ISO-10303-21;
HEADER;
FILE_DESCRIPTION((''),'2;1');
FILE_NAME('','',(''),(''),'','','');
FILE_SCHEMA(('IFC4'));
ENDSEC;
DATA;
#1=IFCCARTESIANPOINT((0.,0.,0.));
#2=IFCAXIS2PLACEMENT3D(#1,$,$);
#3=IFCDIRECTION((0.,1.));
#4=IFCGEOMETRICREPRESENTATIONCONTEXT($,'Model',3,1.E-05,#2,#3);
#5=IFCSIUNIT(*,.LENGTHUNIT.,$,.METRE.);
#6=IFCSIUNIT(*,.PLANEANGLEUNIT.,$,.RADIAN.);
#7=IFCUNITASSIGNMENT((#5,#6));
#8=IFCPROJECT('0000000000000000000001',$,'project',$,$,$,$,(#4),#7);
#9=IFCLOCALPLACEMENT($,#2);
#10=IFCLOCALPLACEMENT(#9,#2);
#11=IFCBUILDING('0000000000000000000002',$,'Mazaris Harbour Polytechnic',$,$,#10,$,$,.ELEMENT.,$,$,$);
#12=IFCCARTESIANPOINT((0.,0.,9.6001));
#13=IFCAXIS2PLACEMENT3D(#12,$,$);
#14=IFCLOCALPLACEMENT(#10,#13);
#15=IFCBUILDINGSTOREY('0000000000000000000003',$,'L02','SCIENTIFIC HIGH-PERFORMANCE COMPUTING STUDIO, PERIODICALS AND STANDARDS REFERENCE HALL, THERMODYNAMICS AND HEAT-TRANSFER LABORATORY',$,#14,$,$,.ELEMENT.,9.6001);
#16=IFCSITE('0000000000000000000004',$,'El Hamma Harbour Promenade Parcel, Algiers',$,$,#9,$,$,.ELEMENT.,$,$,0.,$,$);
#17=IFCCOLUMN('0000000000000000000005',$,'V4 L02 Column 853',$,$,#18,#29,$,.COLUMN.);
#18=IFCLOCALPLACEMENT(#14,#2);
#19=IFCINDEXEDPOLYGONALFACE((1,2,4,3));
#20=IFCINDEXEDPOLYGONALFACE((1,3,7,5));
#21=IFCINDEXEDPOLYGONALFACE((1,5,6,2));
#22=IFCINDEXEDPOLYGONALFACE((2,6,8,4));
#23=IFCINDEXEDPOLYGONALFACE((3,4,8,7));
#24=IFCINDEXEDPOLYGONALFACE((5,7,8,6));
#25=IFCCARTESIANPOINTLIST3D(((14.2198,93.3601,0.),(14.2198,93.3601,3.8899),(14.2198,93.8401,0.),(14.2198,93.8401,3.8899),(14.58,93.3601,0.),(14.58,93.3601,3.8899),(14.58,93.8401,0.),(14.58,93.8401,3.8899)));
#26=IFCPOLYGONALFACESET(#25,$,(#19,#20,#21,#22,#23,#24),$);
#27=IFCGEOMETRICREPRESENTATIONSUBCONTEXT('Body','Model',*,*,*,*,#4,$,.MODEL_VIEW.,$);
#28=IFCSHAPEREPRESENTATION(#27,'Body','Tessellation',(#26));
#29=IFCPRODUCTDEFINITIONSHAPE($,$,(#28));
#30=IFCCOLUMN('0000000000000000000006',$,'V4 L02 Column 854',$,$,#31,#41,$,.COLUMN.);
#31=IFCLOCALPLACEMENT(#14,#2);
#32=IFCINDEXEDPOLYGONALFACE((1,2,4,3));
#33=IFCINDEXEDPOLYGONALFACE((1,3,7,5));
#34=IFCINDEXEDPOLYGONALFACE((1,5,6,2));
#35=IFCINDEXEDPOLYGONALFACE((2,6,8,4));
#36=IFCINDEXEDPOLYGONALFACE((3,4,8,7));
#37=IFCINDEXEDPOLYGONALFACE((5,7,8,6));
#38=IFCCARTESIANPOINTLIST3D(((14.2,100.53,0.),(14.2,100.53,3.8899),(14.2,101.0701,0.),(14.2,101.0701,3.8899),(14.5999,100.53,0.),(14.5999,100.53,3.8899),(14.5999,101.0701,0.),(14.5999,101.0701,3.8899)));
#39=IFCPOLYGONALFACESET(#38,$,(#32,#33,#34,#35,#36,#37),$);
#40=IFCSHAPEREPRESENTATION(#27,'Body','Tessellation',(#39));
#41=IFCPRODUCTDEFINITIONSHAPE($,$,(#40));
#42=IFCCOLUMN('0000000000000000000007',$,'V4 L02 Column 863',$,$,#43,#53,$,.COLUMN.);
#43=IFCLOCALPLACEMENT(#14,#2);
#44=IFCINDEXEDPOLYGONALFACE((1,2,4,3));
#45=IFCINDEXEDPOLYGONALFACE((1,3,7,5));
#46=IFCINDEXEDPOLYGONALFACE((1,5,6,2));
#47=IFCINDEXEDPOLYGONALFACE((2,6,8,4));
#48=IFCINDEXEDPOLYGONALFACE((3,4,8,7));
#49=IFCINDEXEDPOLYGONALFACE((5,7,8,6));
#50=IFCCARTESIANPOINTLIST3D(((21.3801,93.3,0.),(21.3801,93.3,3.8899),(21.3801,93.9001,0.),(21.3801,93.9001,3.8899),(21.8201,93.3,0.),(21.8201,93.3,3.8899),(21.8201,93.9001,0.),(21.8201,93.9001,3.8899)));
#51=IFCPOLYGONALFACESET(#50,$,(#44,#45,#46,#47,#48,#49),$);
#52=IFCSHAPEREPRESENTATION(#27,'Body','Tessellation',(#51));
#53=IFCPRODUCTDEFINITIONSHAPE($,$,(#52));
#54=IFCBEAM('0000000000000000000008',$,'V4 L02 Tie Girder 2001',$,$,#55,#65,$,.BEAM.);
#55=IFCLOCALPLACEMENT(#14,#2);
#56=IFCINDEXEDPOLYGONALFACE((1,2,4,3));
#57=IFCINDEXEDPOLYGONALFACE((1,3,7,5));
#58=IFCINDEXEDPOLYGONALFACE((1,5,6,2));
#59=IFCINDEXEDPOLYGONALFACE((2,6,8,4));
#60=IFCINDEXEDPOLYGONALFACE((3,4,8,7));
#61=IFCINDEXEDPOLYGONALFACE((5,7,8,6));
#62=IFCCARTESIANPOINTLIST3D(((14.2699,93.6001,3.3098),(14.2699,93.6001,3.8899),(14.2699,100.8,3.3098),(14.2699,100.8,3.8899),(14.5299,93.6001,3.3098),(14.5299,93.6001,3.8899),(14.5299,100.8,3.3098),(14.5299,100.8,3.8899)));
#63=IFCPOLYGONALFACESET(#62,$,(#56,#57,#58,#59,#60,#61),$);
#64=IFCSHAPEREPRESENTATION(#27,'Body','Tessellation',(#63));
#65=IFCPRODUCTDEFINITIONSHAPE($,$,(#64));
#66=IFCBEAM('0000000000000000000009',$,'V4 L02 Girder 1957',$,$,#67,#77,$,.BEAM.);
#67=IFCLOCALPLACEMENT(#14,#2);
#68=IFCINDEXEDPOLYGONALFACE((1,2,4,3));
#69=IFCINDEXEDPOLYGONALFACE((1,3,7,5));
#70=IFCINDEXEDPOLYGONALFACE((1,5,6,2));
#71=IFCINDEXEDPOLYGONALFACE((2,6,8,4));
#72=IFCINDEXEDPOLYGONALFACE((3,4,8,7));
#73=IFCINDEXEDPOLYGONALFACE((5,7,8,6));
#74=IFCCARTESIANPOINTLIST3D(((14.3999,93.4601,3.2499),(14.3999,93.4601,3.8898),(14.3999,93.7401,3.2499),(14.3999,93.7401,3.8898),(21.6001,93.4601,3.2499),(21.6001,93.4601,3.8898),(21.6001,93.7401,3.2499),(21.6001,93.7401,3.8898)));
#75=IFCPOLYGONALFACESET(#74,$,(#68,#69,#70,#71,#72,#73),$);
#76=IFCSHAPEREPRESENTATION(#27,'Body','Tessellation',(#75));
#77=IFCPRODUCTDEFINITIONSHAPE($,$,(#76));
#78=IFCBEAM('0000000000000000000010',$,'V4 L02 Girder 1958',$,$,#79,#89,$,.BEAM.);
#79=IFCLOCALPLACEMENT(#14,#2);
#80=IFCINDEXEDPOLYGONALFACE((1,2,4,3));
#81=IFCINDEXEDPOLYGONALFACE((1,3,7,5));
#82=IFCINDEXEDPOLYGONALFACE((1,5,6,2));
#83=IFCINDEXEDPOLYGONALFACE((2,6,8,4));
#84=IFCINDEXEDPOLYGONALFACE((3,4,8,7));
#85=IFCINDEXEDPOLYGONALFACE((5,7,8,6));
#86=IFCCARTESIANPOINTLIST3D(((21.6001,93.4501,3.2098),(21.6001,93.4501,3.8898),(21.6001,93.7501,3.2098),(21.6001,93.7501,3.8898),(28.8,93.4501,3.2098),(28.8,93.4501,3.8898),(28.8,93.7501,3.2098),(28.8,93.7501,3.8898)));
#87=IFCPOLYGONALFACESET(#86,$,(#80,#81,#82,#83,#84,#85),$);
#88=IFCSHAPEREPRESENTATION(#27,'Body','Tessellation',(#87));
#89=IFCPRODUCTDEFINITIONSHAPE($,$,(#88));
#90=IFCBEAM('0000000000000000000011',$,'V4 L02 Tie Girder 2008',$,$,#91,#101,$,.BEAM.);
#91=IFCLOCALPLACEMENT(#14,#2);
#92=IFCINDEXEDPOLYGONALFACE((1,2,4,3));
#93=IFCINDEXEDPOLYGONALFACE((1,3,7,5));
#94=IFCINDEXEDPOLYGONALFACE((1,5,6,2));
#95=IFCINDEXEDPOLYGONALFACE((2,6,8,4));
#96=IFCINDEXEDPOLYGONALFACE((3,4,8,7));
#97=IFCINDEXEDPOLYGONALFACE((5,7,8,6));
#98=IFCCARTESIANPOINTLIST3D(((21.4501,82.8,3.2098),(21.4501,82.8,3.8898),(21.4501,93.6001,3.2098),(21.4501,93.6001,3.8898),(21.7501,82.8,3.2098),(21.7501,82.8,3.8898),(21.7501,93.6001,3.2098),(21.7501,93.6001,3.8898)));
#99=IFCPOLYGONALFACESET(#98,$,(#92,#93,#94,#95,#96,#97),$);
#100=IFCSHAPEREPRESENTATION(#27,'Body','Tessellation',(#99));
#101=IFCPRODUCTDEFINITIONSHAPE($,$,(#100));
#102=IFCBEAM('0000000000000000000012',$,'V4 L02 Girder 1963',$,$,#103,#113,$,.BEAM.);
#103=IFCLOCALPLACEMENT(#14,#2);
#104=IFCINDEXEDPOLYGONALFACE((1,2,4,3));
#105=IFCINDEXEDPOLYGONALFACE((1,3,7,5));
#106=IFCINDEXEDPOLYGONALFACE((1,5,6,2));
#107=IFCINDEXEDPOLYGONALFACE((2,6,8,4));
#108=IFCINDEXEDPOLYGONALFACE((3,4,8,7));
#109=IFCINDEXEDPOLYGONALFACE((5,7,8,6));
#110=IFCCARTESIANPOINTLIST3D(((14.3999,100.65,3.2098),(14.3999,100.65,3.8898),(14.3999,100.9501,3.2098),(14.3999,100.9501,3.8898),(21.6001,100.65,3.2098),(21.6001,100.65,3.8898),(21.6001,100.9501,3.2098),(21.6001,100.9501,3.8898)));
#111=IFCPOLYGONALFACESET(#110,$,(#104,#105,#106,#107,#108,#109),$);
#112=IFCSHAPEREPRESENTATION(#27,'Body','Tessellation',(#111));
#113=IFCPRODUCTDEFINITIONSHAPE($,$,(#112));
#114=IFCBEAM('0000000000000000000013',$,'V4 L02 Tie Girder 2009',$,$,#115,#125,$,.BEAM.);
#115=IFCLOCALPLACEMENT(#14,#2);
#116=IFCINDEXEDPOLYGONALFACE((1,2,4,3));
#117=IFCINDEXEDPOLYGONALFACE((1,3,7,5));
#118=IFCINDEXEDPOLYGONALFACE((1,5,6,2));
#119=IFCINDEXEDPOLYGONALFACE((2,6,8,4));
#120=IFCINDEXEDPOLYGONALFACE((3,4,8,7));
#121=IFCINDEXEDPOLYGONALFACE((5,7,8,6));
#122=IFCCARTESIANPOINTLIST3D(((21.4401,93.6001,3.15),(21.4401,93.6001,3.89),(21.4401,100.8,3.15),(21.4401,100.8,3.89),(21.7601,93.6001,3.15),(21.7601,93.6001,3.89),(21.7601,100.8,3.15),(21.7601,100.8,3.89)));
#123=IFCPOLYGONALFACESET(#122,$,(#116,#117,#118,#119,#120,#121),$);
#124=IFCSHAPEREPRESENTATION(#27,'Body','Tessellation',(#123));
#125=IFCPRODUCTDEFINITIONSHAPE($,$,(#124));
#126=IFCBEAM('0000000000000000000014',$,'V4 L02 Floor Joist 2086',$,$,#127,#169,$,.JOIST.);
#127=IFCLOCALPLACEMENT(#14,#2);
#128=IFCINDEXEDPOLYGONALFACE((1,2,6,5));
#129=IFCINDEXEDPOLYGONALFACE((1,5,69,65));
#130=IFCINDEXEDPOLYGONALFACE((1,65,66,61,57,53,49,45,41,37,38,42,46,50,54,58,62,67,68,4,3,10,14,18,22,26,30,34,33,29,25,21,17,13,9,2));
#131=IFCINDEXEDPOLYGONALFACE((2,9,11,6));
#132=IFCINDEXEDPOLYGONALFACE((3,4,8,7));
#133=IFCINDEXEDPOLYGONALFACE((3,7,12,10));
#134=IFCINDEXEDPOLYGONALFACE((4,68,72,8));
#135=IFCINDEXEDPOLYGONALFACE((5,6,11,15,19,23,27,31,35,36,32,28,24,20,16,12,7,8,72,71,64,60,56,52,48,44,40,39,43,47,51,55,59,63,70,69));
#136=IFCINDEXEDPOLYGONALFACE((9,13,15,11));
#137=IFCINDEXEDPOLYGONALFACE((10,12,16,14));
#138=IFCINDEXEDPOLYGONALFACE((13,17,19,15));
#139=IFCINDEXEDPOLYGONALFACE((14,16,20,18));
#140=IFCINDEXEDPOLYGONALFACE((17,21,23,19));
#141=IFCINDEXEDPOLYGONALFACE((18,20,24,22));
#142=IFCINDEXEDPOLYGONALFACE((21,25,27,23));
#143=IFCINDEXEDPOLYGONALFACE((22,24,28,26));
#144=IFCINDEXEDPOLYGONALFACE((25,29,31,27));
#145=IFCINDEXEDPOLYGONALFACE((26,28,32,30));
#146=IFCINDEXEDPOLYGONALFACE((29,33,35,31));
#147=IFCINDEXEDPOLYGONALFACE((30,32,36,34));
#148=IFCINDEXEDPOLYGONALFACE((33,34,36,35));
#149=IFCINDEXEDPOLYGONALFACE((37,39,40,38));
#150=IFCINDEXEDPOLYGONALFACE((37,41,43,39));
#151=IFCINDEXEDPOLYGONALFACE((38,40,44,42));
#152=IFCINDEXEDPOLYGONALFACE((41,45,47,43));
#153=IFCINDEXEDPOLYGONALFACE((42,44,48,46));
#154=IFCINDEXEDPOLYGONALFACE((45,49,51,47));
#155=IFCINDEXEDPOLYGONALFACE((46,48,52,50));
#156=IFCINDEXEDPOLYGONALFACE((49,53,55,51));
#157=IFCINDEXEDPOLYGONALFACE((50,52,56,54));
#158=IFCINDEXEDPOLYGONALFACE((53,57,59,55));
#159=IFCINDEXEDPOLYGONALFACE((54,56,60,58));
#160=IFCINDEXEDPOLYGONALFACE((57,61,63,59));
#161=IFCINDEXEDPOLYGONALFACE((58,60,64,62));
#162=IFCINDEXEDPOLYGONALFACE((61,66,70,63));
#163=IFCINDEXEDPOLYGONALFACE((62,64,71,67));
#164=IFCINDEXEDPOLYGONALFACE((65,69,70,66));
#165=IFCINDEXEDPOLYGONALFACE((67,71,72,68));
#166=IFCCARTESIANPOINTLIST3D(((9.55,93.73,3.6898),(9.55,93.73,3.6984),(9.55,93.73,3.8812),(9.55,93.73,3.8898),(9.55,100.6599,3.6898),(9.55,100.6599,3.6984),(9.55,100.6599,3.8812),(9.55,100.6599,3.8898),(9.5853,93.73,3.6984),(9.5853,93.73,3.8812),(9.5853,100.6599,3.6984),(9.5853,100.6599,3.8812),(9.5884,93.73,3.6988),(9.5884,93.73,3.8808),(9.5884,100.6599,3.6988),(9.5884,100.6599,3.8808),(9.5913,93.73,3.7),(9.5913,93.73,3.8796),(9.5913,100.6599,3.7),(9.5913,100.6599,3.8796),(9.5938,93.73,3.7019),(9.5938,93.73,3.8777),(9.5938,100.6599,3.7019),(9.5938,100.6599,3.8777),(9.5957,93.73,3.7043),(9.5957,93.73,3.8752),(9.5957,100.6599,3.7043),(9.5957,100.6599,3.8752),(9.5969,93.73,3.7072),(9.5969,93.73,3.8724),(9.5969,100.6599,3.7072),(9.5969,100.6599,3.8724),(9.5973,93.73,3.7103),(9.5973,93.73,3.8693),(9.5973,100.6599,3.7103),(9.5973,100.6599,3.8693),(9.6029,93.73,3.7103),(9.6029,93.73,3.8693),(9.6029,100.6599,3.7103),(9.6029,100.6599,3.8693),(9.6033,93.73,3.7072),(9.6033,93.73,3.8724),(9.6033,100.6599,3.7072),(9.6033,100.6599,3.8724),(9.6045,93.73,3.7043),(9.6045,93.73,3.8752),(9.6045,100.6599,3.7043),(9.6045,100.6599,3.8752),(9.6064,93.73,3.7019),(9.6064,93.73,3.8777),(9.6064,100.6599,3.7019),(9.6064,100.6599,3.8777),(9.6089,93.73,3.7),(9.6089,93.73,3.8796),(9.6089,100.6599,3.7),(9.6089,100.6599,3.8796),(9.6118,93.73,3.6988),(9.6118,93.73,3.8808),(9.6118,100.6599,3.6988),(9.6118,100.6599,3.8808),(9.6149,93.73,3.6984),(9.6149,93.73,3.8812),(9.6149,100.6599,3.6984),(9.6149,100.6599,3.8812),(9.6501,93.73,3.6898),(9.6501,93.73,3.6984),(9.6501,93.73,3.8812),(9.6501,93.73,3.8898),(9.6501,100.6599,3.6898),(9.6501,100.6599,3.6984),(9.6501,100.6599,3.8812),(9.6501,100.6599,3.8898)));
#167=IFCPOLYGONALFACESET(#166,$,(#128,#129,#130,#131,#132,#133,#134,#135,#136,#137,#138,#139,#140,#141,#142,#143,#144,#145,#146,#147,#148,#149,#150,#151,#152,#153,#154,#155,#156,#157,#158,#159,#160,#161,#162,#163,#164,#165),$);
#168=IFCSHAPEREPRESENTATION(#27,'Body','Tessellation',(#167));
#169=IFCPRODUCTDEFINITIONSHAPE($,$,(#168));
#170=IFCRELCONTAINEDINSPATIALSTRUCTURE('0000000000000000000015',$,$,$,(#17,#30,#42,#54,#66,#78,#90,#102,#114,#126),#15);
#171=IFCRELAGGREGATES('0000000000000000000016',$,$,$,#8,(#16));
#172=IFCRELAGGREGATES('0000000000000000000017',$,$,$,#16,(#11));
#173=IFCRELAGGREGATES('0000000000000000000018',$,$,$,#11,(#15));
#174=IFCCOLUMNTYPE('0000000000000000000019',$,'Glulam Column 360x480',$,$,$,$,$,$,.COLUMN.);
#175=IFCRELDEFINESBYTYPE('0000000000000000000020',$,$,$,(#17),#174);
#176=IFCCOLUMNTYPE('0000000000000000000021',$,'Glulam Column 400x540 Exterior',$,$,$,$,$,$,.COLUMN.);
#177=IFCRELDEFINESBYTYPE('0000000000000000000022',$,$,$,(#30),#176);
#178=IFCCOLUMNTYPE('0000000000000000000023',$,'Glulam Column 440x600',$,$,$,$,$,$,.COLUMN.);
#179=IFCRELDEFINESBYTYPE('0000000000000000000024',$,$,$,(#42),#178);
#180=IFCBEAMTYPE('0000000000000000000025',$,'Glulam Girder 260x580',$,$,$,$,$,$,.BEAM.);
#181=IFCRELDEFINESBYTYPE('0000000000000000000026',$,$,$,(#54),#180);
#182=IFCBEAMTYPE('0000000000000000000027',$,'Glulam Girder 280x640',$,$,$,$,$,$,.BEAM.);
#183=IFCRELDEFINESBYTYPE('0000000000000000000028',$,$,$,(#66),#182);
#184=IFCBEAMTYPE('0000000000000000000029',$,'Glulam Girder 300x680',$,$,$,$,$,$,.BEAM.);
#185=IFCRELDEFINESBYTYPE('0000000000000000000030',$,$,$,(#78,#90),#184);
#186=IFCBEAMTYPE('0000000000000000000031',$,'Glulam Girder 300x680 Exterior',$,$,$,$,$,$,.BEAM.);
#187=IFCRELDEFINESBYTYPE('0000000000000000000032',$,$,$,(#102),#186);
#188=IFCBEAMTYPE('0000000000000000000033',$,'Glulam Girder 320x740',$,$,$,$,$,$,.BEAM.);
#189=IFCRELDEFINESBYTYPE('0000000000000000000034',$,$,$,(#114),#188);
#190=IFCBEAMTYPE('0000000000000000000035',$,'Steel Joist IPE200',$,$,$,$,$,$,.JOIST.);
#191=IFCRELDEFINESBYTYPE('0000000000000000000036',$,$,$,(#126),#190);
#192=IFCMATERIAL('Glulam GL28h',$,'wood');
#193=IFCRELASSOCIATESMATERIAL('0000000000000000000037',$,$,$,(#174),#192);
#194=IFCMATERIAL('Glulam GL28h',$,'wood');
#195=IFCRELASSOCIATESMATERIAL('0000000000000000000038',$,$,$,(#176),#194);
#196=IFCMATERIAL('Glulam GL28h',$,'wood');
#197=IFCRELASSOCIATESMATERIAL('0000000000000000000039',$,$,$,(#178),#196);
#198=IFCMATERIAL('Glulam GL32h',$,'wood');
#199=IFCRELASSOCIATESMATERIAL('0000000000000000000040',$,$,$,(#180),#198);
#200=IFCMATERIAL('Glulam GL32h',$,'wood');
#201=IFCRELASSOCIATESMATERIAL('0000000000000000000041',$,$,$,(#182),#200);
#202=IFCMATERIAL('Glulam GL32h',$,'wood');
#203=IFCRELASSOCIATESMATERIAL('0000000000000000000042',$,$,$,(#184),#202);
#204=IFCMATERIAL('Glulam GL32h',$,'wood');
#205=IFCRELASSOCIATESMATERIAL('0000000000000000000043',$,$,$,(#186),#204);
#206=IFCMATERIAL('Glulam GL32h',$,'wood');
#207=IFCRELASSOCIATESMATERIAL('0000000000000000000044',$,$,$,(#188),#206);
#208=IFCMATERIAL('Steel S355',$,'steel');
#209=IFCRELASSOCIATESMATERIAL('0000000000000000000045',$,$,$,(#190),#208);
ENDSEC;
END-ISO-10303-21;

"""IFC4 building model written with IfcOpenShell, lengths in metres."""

from ifc_helpers import new_model, si_unit, direction, frame, origin, origin_2d, place, context, subcontext, project, spatial, rectangle, i_section, extrude, material, material_profile, profile_set, type_object, element, save


model = new_model("IFC4")

# Units and contexts
model_context = context("Model", 3, precision=1e-05, world=origin(), true_north=direction((0.0, 1.0)))
body_context = subcontext(model_context, "Body", "Model", "MODEL_VIEW")
ifc_project = project(units=[si_unit("LENGTHUNIT", "METRE"), si_unit("PLANEANGLEUNIT", "RADIAN")], contexts=[model_context])

# Site, building, storey
site_placement = place(None, origin())
site = spatial("IfcSite", under=ifc_project, at=site_placement, Name="El Hamma Harbour Promenade Parcel, Algiers", CompositionType="ELEMENT", RefElevation=0.0)
building_placement = place(site_placement, origin())
building = spatial("IfcBuilding", under=site, at=building_placement, Name="Mazaris Harbour Polytechnic", CompositionType="ELEMENT")
storey_placement = place(building_placement, frame((0.0, 0.0, 9.6001)))
storey = spatial("IfcBuildingStorey", under=building, at=storey_placement, Name="L02", Description="SCIENTIFIC HIGH-PERFORMANCE COMPUTING STUDIO, PERIODICALS AND STANDARDS REFERENCE HALL, THERMODYNAMICS AND HEAT-TRANSFER LABORATORY", CompositionType="ELEMENT", Elevation=9.6001)

# Columns
ifc_material_1 = material(Name="Glulam GL28h", Category="wood")
ifc_material_profile_1 = material_profile(ifc_material_1, rectangle(XDim=0.3601, YDim=0.48, at=origin_2d()), Name="RECT360x480")
ifc_profile_set_1 = profile_set([ifc_material_profile_1], Name="Glulam GL28h")
column_type_1 = type_object("IfcColumnType", Name="Glulam Column 360x480", PredefinedType="COLUMN", material=ifc_profile_set_1)
column_1_placement = place(storey_placement, frame((14.3999, 93.6001, 0.0), z_axis=(0.0, 0.0, 1.0), x_axis=(1.0, 0.0, 0.0)))
element("IfcColumn", 1, at=column_1_placement, inside=storey, type_object=column_type_1, Name="V4 L02 Column 853", PredefinedType="COLUMN", context=body_context, shape_type="SweptSolid", body=[
    extrude(rectangle(XDim=0.3601, YDim=0.48, at=origin_2d()), origin(), (0.0, 0.0, 1.0), 3.8899),
])
ifc_material_2 = material(Name="Glulam GL28h", Category="wood")
ifc_material_profile_2 = material_profile(ifc_material_2, rectangle(XDim=0.3999, YDim=0.54, at=origin_2d()), Name="RECT400x540")
ifc_profile_set_2 = profile_set([ifc_material_profile_2], Name="Glulam GL28h")
column_type_2 = type_object("IfcColumnType", Name="Glulam Column 400x540 Exterior", PredefinedType="COLUMN", material=ifc_profile_set_2)
column_2_placement = place(storey_placement, frame((14.3999, 100.8, 0.0), z_axis=(0.0, 0.0, 1.0), x_axis=(1.0, 0.0, 0.0)))
element("IfcColumn", 2, at=column_2_placement, inside=storey, type_object=column_type_2, Name="V4 L02 Column 854", PredefinedType="COLUMN", context=body_context, shape_type="SweptSolid", body=[
    extrude(rectangle(XDim=0.3999, YDim=0.54, at=origin_2d()), origin(), (0.0, 0.0, 1.0), 3.8899),
])
ifc_material_3 = material(Name="Glulam GL28h", Category="wood")
ifc_material_profile_3 = material_profile(ifc_material_3, rectangle(XDim=0.4399, YDim=0.6001, at=origin_2d()), Name="RECT440x600")
ifc_profile_set_3 = profile_set([ifc_material_profile_3], Name="Glulam GL28h")
column_type_3 = type_object("IfcColumnType", Name="Glulam Column 440x600", PredefinedType="COLUMN", material=ifc_profile_set_3)
column_3_placement = place(storey_placement, frame((21.6001, 93.6001, 0.0), z_axis=(0.0, 0.0, 1.0), x_axis=(1.0, 0.0, 0.0)))
element("IfcColumn", 3, at=column_3_placement, inside=storey, type_object=column_type_3, Name="V4 L02 Column 863", PredefinedType="COLUMN", context=body_context, shape_type="SweptSolid", body=[
    extrude(rectangle(XDim=0.4399, YDim=0.6001, at=origin_2d()), origin(), (0.0, 0.0, 1.0), 3.8899),
])

# Beams
ifc_material_4 = material(Name="Glulam GL32h", Category="wood")
ifc_material_profile_4 = material_profile(ifc_material_4, rectangle(XDim=0.26, YDim=0.5801, at=origin_2d()), Name="RECT260x580")
ifc_profile_set_4 = profile_set([ifc_material_profile_4], Name="Glulam GL32h")
beam_type_1 = type_object("IfcBeamType", Name="Glulam Girder 260x580", PredefinedType="BEAM", material=ifc_profile_set_4)
beam_1_placement = place(storey_placement, frame((14.3999, 93.6001, 3.5999), z_axis=(0.0, 1.0, 0.0), x_axis=(-1.0, 0.0, 0.0)))
element("IfcBeam", 4, at=beam_1_placement, inside=storey, type_object=beam_type_1, Name="V4 L02 Tie Girder 2001", PredefinedType="BEAM", context=body_context, shape_type="SweptSolid", body=[
    extrude(rectangle(XDim=0.26, YDim=0.5801, at=origin_2d()), origin(), (0.0, 0.0, 1.0), 7.2),
])
ifc_material_5 = material(Name="Glulam GL32h", Category="wood")
ifc_material_profile_5 = material_profile(ifc_material_5, rectangle(XDim=0.28, YDim=0.6399, at=origin_2d()), Name="RECT280x640")
ifc_profile_set_5 = profile_set([ifc_material_profile_5], Name="Glulam GL32h")
beam_type_2 = type_object("IfcBeamType", Name="Glulam Girder 280x640", PredefinedType="BEAM", material=ifc_profile_set_5)
beam_2_placement = place(storey_placement, frame((14.3999, 93.6001, 3.5698), z_axis=(1.0, 0.0, 0.0), x_axis=(0.0, 1.0, 0.0)))
element("IfcBeam", 5, at=beam_2_placement, inside=storey, type_object=beam_type_2, Name="V4 L02 Girder 1957", PredefinedType="BEAM", context=body_context, shape_type="SweptSolid", body=[
    extrude(rectangle(XDim=0.28, YDim=0.6399, at=origin_2d()), origin(), (0.0, 0.0, 1.0), 7.2002),
])
ifc_material_6 = material(Name="Glulam GL32h", Category="wood")
ifc_material_profile_6 = material_profile(ifc_material_6, rectangle(XDim=0.3, YDim=0.6799, at=origin_2d()), Name="RECT300x680")
ifc_profile_set_6 = profile_set([ifc_material_profile_6], Name="Glulam GL32h")
beam_type_3 = type_object("IfcBeamType", Name="Glulam Girder 300x680", PredefinedType="BEAM", material=ifc_profile_set_6)
beam_3_placement = place(storey_placement, frame((21.6001, 93.6001, 3.5498), z_axis=(1.0, 0.0, 0.0), x_axis=(0.0, 1.0, 0.0)))
element("IfcBeam", 6, at=beam_3_placement, inside=storey, type_object=beam_type_3, Name="V4 L02 Girder 1958", PredefinedType="BEAM", context=body_context, shape_type="SweptSolid", body=[
    extrude(rectangle(XDim=0.3, YDim=0.6799, at=origin_2d()), origin(), (0.0, 0.0, 1.0), 7.2),
])
beam_4_placement = place(storey_placement, frame((21.6001, 82.8, 3.5498), z_axis=(0.0, 1.0, 0.0), x_axis=(-1.0, 0.0, 0.0)))
element("IfcBeam", 7, at=beam_4_placement, inside=storey, type_object=beam_type_3, Name="V4 L02 Tie Girder 2008", PredefinedType="BEAM", context=body_context, shape_type="SweptSolid", body=[
    extrude(rectangle(XDim=0.3, YDim=0.6799, at=origin_2d()), origin(), (0.0, 0.0, 1.0), 10.8),
])
ifc_material_7 = material(Name="Glulam GL32h", Category="wood")
ifc_material_profile_7 = material_profile(ifc_material_7, rectangle(XDim=0.3, YDim=0.6799, at=origin_2d()), Name="RECT300x680")
ifc_profile_set_7 = profile_set([ifc_material_profile_7], Name="Glulam GL32h")
beam_type_4 = type_object("IfcBeamType", Name="Glulam Girder 300x680 Exterior", PredefinedType="BEAM", material=ifc_profile_set_7)
beam_5_placement = place(storey_placement, frame((14.3999, 100.8, 3.5498), z_axis=(1.0, 0.0, 0.0), x_axis=(0.0, 1.0, 0.0)))
element("IfcBeam", 8, at=beam_5_placement, inside=storey, type_object=beam_type_4, Name="V4 L02 Girder 1963", PredefinedType="BEAM", context=body_context, shape_type="SweptSolid", body=[
    extrude(rectangle(XDim=0.3, YDim=0.6799, at=origin_2d()), origin(), (0.0, 0.0, 1.0), 7.2002),
])
ifc_material_8 = material(Name="Glulam GL32h", Category="wood")
ifc_material_profile_8 = material_profile(ifc_material_8, rectangle(XDim=0.3201, YDim=0.74, at=origin_2d()), Name="RECT320x740")
ifc_profile_set_8 = profile_set([ifc_material_profile_8], Name="Glulam GL32h")
beam_type_5 = type_object("IfcBeamType", Name="Glulam Girder 320x740", PredefinedType="BEAM", material=ifc_profile_set_8)
beam_6_placement = place(storey_placement, frame((21.6001, 93.6001, 3.52), z_axis=(0.0, 1.0, 0.0), x_axis=(-1.0, 0.0, 0.0)))
element("IfcBeam", 9, at=beam_6_placement, inside=storey, type_object=beam_type_5, Name="V4 L02 Tie Girder 2009", PredefinedType="BEAM", context=body_context, shape_type="SweptSolid", body=[
    extrude(rectangle(XDim=0.3201, YDim=0.74, at=origin_2d()), origin(), (0.0, 0.0, 1.0), 7.2),
])
ifc_material_9 = material(Name="Steel S355", Category="steel")
ifc_material_profile_9 = material_profile(ifc_material_9, i_section(OverallWidth=0.1001, OverallDepth=0.2, WebThickness=0.0056, FlangeThickness=0.0085, FilletRadius=0.012, at=origin_2d()), Name="IPE 200")
ifc_profile_set_9 = profile_set([ifc_material_profile_9], Name="Steel S355")
beam_type_6 = type_object("IfcBeamType", Name="Steel Joist IPE200", PredefinedType="JOIST", material=ifc_profile_set_9)
beam_7_placement = place(storey_placement, frame((9.6001, 93.73, 3.7898), z_axis=(0.0, 1.0, 0.0), x_axis=(-1.0, 0.0, 0.0)))
element("IfcBeam", 10, at=beam_7_placement, inside=storey, type_object=beam_type_6, Name="V4 L02 Floor Joist 2086", PredefinedType="JOIST", context=body_context, shape_type="SweptSolid", body=[
    extrude(i_section(OverallWidth=0.1001, OverallDepth=0.2, WebThickness=0.0056, FlangeThickness=0.0085, FilletRadius=0.012, at=origin_2d()), origin(), (0.0, 0.0, 1.0), 6.9299),
])

save(model, "model.ifc")
